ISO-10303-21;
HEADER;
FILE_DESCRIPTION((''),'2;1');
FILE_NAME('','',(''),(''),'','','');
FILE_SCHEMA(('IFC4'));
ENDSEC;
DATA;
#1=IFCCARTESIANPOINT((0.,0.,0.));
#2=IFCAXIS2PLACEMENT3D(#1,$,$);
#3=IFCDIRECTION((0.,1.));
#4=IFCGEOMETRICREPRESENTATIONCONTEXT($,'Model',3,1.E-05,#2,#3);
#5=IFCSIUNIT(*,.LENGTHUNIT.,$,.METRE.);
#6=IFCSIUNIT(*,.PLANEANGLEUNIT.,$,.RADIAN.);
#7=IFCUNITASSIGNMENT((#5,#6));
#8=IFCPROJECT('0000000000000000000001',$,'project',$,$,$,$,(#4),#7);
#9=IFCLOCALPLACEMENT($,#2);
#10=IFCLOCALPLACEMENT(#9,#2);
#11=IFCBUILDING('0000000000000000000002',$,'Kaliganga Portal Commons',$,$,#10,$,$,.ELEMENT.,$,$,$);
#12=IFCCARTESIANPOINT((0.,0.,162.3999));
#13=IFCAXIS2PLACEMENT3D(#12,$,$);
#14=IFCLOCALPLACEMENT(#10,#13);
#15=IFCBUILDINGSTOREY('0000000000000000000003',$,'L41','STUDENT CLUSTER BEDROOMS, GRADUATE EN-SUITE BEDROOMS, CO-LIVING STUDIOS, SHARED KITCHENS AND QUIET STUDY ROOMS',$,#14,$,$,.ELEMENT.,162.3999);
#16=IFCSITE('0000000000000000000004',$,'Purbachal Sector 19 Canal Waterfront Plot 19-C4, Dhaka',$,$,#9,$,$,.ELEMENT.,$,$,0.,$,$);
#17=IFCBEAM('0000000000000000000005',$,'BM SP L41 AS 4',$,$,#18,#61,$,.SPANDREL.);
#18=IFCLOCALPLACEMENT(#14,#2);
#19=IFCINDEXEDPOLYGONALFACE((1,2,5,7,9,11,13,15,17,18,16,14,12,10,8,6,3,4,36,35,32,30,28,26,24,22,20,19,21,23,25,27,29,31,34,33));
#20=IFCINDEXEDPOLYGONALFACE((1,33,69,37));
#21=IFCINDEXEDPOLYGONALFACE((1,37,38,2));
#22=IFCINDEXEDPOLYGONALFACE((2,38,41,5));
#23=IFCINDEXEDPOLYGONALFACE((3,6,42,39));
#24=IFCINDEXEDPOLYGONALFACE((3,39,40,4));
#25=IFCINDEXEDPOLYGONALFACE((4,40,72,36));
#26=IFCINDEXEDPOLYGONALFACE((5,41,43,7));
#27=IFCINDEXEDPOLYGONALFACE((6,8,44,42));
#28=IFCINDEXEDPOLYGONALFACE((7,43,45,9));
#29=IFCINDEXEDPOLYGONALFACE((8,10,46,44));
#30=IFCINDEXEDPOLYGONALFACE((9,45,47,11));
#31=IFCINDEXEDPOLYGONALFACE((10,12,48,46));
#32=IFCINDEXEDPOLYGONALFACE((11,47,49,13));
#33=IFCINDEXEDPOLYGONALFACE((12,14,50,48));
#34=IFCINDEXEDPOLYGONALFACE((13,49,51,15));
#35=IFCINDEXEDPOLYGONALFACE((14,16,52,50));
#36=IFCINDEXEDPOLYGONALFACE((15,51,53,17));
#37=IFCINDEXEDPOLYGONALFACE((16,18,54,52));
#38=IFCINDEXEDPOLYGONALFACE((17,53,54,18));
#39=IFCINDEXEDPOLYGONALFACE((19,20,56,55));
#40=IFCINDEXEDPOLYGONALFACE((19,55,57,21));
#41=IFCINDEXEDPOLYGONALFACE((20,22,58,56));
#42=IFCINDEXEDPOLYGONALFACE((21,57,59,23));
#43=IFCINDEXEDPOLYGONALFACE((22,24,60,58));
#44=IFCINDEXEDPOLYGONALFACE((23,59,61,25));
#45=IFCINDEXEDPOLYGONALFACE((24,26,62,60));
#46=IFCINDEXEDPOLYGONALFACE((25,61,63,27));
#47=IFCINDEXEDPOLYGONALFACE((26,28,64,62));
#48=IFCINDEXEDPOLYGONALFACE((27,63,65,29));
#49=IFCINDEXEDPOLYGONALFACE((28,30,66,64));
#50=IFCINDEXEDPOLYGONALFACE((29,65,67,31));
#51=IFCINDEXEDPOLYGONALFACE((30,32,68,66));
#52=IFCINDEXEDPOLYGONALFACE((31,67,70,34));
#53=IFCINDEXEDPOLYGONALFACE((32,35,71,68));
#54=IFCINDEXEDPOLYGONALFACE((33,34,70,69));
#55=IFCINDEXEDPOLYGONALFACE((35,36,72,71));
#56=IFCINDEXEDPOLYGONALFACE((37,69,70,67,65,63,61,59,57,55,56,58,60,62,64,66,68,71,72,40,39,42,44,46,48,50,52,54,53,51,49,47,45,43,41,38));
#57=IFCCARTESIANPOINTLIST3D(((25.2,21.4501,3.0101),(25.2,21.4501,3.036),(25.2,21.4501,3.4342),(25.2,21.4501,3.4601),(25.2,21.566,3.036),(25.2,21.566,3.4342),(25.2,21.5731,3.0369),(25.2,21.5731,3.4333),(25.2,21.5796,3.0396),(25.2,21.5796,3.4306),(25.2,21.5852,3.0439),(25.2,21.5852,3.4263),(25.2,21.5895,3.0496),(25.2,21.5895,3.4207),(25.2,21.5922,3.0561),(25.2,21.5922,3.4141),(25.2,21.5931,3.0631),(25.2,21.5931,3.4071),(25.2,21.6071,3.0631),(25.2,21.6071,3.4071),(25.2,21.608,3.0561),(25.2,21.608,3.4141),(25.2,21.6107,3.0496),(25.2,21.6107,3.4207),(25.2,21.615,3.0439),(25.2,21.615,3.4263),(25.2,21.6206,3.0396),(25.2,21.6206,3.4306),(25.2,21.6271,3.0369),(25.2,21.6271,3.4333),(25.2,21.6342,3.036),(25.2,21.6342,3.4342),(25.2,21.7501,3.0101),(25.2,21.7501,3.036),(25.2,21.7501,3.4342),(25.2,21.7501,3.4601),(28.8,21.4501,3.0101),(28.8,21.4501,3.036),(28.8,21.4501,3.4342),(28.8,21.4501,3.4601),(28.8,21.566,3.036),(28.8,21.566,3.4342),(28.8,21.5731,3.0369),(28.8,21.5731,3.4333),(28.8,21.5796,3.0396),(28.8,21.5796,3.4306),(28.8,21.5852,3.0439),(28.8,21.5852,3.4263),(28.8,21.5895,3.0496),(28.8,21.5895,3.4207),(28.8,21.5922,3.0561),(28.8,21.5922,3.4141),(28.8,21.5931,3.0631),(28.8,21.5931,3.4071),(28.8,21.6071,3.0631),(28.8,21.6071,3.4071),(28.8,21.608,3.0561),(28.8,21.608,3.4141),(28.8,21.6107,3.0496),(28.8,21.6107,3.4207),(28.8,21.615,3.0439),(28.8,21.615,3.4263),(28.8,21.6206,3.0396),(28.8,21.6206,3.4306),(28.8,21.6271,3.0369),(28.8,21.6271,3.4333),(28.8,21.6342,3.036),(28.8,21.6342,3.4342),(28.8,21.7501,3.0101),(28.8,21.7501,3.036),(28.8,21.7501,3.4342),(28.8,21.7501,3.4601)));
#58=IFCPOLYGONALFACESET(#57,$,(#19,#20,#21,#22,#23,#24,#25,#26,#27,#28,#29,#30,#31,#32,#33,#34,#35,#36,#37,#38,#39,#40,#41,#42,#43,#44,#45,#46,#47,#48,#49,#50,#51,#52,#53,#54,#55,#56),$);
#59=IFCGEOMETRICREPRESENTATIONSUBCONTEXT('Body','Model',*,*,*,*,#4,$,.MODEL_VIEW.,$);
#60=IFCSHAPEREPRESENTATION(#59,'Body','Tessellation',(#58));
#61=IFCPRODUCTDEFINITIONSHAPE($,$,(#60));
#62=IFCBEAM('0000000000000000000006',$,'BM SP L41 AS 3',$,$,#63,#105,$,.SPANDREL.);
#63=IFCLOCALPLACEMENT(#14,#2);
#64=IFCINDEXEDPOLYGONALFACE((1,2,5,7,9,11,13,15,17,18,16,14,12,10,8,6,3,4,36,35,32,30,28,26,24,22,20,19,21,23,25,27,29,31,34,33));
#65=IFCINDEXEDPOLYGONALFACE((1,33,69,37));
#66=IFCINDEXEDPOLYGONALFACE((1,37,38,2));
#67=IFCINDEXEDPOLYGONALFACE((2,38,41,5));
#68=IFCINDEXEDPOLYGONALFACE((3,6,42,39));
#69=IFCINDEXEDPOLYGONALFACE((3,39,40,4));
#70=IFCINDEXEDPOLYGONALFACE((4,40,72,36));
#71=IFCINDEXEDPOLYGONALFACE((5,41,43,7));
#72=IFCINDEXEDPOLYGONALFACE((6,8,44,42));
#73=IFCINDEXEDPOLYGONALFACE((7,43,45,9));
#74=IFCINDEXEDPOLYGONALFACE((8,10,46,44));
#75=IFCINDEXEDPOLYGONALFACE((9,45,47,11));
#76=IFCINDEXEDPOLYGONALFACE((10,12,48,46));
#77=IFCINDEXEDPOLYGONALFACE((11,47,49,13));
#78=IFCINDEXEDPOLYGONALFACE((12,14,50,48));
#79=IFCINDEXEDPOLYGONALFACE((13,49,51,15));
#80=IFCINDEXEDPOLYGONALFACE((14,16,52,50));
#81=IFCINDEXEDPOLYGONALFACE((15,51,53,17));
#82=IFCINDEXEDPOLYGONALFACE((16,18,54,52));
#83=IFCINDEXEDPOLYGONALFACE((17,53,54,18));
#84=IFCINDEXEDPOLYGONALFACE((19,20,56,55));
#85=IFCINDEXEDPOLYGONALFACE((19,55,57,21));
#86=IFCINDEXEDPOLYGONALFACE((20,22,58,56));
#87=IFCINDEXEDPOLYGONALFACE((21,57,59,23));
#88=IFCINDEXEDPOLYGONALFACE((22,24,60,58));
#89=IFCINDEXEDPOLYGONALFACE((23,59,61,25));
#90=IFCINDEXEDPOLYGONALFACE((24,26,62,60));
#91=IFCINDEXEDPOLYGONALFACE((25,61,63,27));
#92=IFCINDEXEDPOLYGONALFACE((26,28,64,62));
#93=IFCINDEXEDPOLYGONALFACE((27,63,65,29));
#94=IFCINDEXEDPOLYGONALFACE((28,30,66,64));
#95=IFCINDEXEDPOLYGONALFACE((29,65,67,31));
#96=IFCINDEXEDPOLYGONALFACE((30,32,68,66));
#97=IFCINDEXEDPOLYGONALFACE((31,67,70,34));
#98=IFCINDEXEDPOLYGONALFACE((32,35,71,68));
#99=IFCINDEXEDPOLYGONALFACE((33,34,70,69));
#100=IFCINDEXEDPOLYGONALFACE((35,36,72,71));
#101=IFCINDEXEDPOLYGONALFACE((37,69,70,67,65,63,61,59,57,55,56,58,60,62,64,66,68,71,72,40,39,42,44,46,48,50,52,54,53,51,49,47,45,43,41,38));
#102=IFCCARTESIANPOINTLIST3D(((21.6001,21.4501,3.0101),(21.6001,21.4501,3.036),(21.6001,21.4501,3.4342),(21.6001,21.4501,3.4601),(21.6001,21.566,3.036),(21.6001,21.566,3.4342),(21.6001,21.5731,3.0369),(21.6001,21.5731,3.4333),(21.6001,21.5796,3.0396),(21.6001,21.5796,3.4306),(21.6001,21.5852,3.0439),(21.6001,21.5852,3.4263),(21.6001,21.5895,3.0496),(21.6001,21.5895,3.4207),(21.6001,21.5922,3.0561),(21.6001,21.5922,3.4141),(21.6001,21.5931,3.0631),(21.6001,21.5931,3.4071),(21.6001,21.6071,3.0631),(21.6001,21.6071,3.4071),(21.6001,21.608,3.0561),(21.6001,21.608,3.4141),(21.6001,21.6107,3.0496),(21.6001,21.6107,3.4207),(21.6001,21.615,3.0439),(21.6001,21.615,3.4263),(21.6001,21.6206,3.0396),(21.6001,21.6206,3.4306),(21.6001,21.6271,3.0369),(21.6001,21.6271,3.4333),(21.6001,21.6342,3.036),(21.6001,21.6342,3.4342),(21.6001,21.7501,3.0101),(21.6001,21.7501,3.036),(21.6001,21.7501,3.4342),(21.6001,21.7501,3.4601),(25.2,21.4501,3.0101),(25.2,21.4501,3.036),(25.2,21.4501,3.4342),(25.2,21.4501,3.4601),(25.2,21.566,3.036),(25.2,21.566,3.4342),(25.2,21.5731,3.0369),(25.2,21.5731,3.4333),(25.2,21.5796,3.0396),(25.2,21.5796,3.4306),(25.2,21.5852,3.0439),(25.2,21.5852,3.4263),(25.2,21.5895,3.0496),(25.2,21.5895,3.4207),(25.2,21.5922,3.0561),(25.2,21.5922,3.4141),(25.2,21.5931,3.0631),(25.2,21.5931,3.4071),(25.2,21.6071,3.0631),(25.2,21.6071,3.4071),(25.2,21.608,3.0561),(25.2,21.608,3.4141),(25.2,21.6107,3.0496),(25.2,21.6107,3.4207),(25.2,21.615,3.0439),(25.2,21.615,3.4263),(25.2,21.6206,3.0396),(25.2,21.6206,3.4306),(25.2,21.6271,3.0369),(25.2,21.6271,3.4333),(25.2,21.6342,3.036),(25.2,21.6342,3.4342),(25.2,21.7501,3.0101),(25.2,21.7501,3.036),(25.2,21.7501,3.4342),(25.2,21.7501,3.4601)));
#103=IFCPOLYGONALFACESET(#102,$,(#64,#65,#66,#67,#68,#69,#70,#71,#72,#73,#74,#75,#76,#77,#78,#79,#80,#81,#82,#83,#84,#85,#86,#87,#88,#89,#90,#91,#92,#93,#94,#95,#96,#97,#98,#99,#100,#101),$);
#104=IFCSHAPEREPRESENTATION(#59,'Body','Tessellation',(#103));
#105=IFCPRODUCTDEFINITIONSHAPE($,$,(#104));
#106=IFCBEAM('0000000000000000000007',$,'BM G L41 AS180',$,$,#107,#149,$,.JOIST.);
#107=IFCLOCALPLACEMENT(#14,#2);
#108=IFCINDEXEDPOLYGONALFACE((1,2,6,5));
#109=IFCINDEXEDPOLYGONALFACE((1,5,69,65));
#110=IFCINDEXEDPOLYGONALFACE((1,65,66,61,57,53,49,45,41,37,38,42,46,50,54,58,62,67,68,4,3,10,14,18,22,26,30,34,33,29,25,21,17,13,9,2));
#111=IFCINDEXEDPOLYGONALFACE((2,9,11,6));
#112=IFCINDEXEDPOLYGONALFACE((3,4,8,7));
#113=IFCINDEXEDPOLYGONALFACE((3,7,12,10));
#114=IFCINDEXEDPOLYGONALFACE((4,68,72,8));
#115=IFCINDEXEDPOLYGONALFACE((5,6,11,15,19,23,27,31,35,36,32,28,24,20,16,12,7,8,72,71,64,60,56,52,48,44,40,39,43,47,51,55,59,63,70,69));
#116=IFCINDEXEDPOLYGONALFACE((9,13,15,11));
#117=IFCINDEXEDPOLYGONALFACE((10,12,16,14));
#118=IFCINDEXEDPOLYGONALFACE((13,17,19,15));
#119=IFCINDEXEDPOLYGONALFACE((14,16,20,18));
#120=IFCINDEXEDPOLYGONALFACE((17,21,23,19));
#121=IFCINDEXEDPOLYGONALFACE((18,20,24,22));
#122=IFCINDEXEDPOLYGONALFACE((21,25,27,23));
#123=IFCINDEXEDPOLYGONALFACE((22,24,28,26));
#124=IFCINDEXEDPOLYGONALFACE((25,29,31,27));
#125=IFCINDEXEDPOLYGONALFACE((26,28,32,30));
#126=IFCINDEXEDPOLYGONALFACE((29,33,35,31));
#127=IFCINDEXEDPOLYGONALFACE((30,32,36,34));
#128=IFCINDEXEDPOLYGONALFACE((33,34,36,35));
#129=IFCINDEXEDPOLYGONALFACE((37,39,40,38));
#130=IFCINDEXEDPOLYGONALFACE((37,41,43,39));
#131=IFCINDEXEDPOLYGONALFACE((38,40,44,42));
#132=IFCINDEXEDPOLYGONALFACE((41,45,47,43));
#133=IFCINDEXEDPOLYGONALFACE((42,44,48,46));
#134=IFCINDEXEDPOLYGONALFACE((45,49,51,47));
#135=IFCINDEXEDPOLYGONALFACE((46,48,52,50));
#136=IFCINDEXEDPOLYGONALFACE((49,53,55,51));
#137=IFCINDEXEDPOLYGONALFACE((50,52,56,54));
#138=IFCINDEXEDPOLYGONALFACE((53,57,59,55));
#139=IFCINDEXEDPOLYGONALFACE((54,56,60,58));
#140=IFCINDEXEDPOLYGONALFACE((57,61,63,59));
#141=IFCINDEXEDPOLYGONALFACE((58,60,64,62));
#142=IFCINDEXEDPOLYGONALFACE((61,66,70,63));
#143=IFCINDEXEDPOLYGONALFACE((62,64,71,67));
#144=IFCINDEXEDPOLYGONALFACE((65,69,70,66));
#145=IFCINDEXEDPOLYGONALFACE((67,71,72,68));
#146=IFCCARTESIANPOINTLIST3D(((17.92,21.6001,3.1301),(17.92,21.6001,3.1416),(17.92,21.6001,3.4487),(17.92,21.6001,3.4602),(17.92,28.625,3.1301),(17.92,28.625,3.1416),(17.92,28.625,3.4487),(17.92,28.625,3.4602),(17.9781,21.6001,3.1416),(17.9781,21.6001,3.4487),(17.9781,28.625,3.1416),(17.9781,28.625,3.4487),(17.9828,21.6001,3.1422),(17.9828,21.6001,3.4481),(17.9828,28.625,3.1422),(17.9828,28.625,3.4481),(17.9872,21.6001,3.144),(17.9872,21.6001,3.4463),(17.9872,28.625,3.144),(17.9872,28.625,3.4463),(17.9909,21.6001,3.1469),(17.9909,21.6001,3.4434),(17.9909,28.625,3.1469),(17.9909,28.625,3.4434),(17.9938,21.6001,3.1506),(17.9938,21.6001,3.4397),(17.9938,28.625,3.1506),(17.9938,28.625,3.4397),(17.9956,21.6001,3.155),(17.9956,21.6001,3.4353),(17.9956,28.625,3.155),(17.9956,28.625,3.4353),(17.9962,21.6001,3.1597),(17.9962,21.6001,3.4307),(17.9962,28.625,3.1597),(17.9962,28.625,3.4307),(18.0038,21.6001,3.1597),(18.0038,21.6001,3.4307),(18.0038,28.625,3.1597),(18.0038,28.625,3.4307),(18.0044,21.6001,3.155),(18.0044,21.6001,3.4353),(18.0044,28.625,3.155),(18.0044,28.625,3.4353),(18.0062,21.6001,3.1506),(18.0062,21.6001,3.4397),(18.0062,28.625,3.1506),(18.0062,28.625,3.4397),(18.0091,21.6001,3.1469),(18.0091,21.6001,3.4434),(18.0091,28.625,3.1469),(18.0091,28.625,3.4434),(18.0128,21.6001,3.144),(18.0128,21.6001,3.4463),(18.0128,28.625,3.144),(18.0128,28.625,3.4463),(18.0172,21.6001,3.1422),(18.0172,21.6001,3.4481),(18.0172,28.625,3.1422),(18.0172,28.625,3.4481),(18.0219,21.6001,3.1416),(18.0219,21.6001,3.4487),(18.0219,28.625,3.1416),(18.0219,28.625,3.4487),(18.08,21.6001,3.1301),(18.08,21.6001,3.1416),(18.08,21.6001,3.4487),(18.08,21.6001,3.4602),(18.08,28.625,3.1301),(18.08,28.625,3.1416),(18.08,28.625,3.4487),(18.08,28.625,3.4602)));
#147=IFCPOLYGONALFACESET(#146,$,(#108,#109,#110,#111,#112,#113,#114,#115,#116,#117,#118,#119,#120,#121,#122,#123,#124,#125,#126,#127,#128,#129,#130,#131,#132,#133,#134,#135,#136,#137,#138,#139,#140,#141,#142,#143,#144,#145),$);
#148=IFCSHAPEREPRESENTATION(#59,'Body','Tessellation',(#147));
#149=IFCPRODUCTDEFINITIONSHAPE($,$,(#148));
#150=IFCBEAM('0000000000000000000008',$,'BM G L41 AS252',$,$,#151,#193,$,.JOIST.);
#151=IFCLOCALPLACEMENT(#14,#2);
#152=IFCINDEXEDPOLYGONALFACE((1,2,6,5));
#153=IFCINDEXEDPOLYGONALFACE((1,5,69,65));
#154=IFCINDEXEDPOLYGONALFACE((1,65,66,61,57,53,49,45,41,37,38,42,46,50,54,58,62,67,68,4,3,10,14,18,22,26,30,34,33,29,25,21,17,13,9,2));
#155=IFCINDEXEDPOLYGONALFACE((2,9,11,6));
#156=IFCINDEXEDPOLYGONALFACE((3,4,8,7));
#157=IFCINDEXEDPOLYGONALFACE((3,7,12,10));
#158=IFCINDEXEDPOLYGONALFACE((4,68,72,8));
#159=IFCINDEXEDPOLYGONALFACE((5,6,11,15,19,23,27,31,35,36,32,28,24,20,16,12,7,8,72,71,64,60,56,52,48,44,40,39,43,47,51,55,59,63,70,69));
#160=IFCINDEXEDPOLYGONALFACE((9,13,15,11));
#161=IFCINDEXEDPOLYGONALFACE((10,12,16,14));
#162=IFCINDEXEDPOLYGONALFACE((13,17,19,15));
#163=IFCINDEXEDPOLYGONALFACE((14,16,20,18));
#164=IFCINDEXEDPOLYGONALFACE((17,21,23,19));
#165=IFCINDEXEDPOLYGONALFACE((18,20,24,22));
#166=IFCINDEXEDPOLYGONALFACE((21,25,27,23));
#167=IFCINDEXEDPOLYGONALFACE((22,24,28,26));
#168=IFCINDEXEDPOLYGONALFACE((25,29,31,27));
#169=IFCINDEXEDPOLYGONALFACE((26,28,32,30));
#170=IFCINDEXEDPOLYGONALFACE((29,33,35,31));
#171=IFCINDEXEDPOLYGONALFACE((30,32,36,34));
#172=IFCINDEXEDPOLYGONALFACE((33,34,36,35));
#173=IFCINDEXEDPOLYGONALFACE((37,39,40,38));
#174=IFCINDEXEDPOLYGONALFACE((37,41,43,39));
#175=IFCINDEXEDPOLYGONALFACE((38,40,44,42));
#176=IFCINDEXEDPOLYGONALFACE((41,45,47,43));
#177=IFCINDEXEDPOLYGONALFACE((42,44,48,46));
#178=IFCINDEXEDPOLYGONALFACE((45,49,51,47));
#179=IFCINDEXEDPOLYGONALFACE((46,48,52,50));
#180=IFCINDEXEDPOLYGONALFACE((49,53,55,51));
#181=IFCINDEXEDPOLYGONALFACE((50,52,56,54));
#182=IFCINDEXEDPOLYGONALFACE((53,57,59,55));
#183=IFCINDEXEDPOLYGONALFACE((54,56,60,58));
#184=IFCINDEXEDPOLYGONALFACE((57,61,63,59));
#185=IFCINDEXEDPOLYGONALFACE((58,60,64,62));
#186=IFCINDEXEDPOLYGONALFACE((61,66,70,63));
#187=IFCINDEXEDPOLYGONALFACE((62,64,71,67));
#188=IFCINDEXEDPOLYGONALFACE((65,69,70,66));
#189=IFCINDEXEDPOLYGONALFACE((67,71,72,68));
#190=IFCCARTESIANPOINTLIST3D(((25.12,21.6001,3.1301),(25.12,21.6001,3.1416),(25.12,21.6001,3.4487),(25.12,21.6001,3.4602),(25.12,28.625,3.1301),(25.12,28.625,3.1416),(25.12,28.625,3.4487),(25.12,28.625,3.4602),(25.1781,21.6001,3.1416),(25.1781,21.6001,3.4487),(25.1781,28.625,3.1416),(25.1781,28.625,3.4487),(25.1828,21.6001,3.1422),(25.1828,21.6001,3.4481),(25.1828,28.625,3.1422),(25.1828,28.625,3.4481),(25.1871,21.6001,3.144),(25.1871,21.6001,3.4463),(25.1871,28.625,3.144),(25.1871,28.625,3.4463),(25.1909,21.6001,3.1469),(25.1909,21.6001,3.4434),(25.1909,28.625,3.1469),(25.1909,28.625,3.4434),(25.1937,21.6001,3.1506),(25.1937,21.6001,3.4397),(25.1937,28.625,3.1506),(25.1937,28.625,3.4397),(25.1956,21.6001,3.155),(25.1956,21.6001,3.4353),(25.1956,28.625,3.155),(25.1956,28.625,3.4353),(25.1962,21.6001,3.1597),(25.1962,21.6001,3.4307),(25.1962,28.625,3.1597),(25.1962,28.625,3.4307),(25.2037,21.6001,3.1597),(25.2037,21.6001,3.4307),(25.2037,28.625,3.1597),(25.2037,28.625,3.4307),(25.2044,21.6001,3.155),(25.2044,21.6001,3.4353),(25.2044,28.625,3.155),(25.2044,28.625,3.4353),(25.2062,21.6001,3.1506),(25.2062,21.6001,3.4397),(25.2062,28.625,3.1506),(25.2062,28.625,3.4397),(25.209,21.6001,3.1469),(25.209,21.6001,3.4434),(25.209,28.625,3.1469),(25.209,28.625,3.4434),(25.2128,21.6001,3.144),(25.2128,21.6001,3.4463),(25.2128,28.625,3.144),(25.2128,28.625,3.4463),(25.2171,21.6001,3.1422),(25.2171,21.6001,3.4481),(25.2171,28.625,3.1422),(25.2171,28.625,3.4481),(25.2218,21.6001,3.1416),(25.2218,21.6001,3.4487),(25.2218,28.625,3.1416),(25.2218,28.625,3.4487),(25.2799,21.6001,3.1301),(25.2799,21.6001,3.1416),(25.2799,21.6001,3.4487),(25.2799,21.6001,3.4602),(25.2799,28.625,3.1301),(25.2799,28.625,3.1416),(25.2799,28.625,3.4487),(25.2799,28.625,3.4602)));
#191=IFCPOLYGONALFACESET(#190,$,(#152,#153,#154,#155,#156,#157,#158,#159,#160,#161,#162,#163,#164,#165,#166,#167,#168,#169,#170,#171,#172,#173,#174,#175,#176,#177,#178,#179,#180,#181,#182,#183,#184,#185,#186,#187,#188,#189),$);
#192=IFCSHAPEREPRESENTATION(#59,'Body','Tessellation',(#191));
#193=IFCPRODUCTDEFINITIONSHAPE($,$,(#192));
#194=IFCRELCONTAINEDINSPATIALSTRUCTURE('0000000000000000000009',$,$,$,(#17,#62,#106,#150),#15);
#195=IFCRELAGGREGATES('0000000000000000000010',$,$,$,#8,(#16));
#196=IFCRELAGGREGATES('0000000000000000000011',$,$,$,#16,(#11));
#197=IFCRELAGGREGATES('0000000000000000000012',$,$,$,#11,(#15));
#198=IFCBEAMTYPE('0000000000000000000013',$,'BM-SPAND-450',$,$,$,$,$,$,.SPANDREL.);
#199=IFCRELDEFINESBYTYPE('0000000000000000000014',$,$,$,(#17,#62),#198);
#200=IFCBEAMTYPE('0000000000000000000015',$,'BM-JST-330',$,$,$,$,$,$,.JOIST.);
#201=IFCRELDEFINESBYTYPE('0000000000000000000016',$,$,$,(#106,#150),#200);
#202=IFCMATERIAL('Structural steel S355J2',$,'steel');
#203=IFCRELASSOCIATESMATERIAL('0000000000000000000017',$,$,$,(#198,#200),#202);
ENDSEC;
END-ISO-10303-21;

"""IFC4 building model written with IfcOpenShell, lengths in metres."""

from ifc_helpers import new_model, si_unit, direction, frame, origin, origin_2d, place, context, subcontext, project, spatial, i_section, extrude, source, transform, mapped, material, material_profile, profile_set, type_object, element, save


model = new_model("IFC4")

# Units and contexts
model_context = context("Model", 3, precision=1e-05, world=origin(), true_north=direction((0.0, 1.0)))
body_context = subcontext(model_context, "Body", "Model", "MODEL_VIEW")
ifc_project = project(units=[si_unit("LENGTHUNIT", "METRE"), si_unit("PLANEANGLEUNIT", "RADIAN")], contexts=[model_context])

# Site, building, storey
site_placement = place(None, origin())
site = spatial("IfcSite", under=ifc_project, at=site_placement, Name="Purbachal Sector 19 Canal Waterfront Plot 19-C4, Dhaka", CompositionType="ELEMENT", RefElevation=0.0)
building_placement = place(site_placement, origin())
building = spatial("IfcBuilding", under=site, at=building_placement, Name="Kaliganga Portal Commons", CompositionType="ELEMENT")
storey_placement = place(building_placement, frame((0.0, 0.0, 162.3999)))
storey = spatial("IfcBuildingStorey", under=building, at=storey_placement, Name="L41", Description="STUDENT CLUSTER BEDROOMS, GRADUATE EN-SUITE BEDROOMS, CO-LIVING STUDIOS, SHARED KITCHENS AND QUIET STUDY ROOMS", CompositionType="ELEMENT", Elevation=162.3999)

# Beams
ifc_material_1 = material(Name="Structural steel S355J2", Category="steel")
ifc_material_profile_1 = material_profile(ifc_material_1, i_section(OverallWidth=0.3, OverallDepth=0.45, WebThickness=0.0139, FlangeThickness=0.0259, FilletRadius=0.0271, at=origin_2d()), Name="HE 450 B")
ifc_profile_set_1 = profile_set([ifc_material_profile_1], Name="Structural steel S355J2 wide-flange")
beam_type_1 = type_object("IfcBeamType", Name="BM-SPAND-450", PredefinedType="SPANDREL", material=ifc_profile_set_1)
shared_shape_1 = source(origin(), body_context, "Body", "SweptSolid", [
    extrude(i_section(OverallWidth=0.3, OverallDepth=0.45, WebThickness=0.0139, FlangeThickness=0.0259, FilletRadius=0.0271, at=origin_2d()), origin(), (0.0, 0.0, 1.0), 3.6001),
])
for number, where, z_axis, x_axis, name in (
    (1, (25.2, 21.6001, 3.2351), (1.0, 0.0, 0.0), (0.0, 1.0, 0.0), "BM SP L41 AS 4"),
):
    element("IfcBeam", number, at=place(storey_placement, frame(where, z_axis=z_axis, x_axis=x_axis)), inside=storey, type_object=beam_type_1, Name=name, PredefinedType="SPANDREL", context=body_context, shape_type="MappedRepresentation", body=[
        mapped(shared_shape_1, transform((0.0, 0.0, 0.0), x_axis=(1.0, 0.0, 0.0), y_axis=(0.0, 1.0, 0.0), z_axis=(0.0, 0.0, 1.0), scale=1.0)),
    ])
shared_shape_2 = source(origin(), body_context, "Body", "SweptSolid", [
    extrude(i_section(OverallWidth=0.3, OverallDepth=0.45, WebThickness=0.0139, FlangeThickness=0.0259, FilletRadius=0.0271, at=origin_2d()), origin(), (0.0, 0.0, 1.0), 3.5999),
])
beam_1_placement = place(storey_placement, frame((21.6001, 21.6001, 3.2351), z_axis=(1.0, 0.0, 0.0), x_axis=(0.0, 1.0, 0.0)))
element("IfcBeam", 2, at=beam_1_placement, inside=storey, type_object=beam_type_1, Name="BM SP L41 AS 3", PredefinedType="SPANDREL", context=body_context, shape_type="MappedRepresentation", body=[
    mapped(shared_shape_2, transform((0.0, 0.0, 0.0), x_axis=(1.0, 0.0, 0.0), y_axis=(0.0, 1.0, 0.0), z_axis=(0.0, 0.0, 1.0), scale=1.0)),
])
ifc_material_profile_2 = material_profile(ifc_material_1, i_section(OverallWidth=0.1599, OverallDepth=0.3301, WebThickness=0.0076, FlangeThickness=0.0115, FilletRadius=0.0181, at=origin_2d()), Name="IPE 330")
ifc_profile_set_2 = profile_set([ifc_material_profile_2], Name="Structural steel S355J2 wide-flange")
beam_type_2 = type_object("IfcBeamType", Name="BM-JST-330", PredefinedType="JOIST", material=ifc_profile_set_2)
shared_shape_3 = source(origin(), body_context, "Body", "SweptSolid", [
    extrude(i_section(OverallWidth=0.1599, OverallDepth=0.3301, WebThickness=0.0076, FlangeThickness=0.0115, FilletRadius=0.0181, at=origin_2d()), origin(), (0.0, 0.0, 1.0), 7.0249),
])
for number, where, z_axis, x_axis, name in (
    (3, (18.0, 21.6001, 3.2952), (0.0, 1.0, 0.0), (-1.0, 0.0, 0.0), "BM G L41 AS180"),
    (4, (25.2, 21.6001, 3.2952), (0.0, 1.0, 0.0), (-1.0, 0.0, 0.0), "BM G L41 AS252"),
):
    element("IfcBeam", number, at=place(storey_placement, frame(where, z_axis=z_axis, x_axis=x_axis)), inside=storey, type_object=beam_type_2, Name=name, PredefinedType="JOIST", context=body_context, shape_type="MappedRepresentation", body=[
        mapped(shared_shape_3, transform((0.0, 0.0, 0.0), x_axis=(1.0, 0.0, 0.0), y_axis=(0.0, 1.0, 0.0), z_axis=(0.0, 0.0, 1.0), scale=1.0)),
    ])

save(model, "model.ifc")
